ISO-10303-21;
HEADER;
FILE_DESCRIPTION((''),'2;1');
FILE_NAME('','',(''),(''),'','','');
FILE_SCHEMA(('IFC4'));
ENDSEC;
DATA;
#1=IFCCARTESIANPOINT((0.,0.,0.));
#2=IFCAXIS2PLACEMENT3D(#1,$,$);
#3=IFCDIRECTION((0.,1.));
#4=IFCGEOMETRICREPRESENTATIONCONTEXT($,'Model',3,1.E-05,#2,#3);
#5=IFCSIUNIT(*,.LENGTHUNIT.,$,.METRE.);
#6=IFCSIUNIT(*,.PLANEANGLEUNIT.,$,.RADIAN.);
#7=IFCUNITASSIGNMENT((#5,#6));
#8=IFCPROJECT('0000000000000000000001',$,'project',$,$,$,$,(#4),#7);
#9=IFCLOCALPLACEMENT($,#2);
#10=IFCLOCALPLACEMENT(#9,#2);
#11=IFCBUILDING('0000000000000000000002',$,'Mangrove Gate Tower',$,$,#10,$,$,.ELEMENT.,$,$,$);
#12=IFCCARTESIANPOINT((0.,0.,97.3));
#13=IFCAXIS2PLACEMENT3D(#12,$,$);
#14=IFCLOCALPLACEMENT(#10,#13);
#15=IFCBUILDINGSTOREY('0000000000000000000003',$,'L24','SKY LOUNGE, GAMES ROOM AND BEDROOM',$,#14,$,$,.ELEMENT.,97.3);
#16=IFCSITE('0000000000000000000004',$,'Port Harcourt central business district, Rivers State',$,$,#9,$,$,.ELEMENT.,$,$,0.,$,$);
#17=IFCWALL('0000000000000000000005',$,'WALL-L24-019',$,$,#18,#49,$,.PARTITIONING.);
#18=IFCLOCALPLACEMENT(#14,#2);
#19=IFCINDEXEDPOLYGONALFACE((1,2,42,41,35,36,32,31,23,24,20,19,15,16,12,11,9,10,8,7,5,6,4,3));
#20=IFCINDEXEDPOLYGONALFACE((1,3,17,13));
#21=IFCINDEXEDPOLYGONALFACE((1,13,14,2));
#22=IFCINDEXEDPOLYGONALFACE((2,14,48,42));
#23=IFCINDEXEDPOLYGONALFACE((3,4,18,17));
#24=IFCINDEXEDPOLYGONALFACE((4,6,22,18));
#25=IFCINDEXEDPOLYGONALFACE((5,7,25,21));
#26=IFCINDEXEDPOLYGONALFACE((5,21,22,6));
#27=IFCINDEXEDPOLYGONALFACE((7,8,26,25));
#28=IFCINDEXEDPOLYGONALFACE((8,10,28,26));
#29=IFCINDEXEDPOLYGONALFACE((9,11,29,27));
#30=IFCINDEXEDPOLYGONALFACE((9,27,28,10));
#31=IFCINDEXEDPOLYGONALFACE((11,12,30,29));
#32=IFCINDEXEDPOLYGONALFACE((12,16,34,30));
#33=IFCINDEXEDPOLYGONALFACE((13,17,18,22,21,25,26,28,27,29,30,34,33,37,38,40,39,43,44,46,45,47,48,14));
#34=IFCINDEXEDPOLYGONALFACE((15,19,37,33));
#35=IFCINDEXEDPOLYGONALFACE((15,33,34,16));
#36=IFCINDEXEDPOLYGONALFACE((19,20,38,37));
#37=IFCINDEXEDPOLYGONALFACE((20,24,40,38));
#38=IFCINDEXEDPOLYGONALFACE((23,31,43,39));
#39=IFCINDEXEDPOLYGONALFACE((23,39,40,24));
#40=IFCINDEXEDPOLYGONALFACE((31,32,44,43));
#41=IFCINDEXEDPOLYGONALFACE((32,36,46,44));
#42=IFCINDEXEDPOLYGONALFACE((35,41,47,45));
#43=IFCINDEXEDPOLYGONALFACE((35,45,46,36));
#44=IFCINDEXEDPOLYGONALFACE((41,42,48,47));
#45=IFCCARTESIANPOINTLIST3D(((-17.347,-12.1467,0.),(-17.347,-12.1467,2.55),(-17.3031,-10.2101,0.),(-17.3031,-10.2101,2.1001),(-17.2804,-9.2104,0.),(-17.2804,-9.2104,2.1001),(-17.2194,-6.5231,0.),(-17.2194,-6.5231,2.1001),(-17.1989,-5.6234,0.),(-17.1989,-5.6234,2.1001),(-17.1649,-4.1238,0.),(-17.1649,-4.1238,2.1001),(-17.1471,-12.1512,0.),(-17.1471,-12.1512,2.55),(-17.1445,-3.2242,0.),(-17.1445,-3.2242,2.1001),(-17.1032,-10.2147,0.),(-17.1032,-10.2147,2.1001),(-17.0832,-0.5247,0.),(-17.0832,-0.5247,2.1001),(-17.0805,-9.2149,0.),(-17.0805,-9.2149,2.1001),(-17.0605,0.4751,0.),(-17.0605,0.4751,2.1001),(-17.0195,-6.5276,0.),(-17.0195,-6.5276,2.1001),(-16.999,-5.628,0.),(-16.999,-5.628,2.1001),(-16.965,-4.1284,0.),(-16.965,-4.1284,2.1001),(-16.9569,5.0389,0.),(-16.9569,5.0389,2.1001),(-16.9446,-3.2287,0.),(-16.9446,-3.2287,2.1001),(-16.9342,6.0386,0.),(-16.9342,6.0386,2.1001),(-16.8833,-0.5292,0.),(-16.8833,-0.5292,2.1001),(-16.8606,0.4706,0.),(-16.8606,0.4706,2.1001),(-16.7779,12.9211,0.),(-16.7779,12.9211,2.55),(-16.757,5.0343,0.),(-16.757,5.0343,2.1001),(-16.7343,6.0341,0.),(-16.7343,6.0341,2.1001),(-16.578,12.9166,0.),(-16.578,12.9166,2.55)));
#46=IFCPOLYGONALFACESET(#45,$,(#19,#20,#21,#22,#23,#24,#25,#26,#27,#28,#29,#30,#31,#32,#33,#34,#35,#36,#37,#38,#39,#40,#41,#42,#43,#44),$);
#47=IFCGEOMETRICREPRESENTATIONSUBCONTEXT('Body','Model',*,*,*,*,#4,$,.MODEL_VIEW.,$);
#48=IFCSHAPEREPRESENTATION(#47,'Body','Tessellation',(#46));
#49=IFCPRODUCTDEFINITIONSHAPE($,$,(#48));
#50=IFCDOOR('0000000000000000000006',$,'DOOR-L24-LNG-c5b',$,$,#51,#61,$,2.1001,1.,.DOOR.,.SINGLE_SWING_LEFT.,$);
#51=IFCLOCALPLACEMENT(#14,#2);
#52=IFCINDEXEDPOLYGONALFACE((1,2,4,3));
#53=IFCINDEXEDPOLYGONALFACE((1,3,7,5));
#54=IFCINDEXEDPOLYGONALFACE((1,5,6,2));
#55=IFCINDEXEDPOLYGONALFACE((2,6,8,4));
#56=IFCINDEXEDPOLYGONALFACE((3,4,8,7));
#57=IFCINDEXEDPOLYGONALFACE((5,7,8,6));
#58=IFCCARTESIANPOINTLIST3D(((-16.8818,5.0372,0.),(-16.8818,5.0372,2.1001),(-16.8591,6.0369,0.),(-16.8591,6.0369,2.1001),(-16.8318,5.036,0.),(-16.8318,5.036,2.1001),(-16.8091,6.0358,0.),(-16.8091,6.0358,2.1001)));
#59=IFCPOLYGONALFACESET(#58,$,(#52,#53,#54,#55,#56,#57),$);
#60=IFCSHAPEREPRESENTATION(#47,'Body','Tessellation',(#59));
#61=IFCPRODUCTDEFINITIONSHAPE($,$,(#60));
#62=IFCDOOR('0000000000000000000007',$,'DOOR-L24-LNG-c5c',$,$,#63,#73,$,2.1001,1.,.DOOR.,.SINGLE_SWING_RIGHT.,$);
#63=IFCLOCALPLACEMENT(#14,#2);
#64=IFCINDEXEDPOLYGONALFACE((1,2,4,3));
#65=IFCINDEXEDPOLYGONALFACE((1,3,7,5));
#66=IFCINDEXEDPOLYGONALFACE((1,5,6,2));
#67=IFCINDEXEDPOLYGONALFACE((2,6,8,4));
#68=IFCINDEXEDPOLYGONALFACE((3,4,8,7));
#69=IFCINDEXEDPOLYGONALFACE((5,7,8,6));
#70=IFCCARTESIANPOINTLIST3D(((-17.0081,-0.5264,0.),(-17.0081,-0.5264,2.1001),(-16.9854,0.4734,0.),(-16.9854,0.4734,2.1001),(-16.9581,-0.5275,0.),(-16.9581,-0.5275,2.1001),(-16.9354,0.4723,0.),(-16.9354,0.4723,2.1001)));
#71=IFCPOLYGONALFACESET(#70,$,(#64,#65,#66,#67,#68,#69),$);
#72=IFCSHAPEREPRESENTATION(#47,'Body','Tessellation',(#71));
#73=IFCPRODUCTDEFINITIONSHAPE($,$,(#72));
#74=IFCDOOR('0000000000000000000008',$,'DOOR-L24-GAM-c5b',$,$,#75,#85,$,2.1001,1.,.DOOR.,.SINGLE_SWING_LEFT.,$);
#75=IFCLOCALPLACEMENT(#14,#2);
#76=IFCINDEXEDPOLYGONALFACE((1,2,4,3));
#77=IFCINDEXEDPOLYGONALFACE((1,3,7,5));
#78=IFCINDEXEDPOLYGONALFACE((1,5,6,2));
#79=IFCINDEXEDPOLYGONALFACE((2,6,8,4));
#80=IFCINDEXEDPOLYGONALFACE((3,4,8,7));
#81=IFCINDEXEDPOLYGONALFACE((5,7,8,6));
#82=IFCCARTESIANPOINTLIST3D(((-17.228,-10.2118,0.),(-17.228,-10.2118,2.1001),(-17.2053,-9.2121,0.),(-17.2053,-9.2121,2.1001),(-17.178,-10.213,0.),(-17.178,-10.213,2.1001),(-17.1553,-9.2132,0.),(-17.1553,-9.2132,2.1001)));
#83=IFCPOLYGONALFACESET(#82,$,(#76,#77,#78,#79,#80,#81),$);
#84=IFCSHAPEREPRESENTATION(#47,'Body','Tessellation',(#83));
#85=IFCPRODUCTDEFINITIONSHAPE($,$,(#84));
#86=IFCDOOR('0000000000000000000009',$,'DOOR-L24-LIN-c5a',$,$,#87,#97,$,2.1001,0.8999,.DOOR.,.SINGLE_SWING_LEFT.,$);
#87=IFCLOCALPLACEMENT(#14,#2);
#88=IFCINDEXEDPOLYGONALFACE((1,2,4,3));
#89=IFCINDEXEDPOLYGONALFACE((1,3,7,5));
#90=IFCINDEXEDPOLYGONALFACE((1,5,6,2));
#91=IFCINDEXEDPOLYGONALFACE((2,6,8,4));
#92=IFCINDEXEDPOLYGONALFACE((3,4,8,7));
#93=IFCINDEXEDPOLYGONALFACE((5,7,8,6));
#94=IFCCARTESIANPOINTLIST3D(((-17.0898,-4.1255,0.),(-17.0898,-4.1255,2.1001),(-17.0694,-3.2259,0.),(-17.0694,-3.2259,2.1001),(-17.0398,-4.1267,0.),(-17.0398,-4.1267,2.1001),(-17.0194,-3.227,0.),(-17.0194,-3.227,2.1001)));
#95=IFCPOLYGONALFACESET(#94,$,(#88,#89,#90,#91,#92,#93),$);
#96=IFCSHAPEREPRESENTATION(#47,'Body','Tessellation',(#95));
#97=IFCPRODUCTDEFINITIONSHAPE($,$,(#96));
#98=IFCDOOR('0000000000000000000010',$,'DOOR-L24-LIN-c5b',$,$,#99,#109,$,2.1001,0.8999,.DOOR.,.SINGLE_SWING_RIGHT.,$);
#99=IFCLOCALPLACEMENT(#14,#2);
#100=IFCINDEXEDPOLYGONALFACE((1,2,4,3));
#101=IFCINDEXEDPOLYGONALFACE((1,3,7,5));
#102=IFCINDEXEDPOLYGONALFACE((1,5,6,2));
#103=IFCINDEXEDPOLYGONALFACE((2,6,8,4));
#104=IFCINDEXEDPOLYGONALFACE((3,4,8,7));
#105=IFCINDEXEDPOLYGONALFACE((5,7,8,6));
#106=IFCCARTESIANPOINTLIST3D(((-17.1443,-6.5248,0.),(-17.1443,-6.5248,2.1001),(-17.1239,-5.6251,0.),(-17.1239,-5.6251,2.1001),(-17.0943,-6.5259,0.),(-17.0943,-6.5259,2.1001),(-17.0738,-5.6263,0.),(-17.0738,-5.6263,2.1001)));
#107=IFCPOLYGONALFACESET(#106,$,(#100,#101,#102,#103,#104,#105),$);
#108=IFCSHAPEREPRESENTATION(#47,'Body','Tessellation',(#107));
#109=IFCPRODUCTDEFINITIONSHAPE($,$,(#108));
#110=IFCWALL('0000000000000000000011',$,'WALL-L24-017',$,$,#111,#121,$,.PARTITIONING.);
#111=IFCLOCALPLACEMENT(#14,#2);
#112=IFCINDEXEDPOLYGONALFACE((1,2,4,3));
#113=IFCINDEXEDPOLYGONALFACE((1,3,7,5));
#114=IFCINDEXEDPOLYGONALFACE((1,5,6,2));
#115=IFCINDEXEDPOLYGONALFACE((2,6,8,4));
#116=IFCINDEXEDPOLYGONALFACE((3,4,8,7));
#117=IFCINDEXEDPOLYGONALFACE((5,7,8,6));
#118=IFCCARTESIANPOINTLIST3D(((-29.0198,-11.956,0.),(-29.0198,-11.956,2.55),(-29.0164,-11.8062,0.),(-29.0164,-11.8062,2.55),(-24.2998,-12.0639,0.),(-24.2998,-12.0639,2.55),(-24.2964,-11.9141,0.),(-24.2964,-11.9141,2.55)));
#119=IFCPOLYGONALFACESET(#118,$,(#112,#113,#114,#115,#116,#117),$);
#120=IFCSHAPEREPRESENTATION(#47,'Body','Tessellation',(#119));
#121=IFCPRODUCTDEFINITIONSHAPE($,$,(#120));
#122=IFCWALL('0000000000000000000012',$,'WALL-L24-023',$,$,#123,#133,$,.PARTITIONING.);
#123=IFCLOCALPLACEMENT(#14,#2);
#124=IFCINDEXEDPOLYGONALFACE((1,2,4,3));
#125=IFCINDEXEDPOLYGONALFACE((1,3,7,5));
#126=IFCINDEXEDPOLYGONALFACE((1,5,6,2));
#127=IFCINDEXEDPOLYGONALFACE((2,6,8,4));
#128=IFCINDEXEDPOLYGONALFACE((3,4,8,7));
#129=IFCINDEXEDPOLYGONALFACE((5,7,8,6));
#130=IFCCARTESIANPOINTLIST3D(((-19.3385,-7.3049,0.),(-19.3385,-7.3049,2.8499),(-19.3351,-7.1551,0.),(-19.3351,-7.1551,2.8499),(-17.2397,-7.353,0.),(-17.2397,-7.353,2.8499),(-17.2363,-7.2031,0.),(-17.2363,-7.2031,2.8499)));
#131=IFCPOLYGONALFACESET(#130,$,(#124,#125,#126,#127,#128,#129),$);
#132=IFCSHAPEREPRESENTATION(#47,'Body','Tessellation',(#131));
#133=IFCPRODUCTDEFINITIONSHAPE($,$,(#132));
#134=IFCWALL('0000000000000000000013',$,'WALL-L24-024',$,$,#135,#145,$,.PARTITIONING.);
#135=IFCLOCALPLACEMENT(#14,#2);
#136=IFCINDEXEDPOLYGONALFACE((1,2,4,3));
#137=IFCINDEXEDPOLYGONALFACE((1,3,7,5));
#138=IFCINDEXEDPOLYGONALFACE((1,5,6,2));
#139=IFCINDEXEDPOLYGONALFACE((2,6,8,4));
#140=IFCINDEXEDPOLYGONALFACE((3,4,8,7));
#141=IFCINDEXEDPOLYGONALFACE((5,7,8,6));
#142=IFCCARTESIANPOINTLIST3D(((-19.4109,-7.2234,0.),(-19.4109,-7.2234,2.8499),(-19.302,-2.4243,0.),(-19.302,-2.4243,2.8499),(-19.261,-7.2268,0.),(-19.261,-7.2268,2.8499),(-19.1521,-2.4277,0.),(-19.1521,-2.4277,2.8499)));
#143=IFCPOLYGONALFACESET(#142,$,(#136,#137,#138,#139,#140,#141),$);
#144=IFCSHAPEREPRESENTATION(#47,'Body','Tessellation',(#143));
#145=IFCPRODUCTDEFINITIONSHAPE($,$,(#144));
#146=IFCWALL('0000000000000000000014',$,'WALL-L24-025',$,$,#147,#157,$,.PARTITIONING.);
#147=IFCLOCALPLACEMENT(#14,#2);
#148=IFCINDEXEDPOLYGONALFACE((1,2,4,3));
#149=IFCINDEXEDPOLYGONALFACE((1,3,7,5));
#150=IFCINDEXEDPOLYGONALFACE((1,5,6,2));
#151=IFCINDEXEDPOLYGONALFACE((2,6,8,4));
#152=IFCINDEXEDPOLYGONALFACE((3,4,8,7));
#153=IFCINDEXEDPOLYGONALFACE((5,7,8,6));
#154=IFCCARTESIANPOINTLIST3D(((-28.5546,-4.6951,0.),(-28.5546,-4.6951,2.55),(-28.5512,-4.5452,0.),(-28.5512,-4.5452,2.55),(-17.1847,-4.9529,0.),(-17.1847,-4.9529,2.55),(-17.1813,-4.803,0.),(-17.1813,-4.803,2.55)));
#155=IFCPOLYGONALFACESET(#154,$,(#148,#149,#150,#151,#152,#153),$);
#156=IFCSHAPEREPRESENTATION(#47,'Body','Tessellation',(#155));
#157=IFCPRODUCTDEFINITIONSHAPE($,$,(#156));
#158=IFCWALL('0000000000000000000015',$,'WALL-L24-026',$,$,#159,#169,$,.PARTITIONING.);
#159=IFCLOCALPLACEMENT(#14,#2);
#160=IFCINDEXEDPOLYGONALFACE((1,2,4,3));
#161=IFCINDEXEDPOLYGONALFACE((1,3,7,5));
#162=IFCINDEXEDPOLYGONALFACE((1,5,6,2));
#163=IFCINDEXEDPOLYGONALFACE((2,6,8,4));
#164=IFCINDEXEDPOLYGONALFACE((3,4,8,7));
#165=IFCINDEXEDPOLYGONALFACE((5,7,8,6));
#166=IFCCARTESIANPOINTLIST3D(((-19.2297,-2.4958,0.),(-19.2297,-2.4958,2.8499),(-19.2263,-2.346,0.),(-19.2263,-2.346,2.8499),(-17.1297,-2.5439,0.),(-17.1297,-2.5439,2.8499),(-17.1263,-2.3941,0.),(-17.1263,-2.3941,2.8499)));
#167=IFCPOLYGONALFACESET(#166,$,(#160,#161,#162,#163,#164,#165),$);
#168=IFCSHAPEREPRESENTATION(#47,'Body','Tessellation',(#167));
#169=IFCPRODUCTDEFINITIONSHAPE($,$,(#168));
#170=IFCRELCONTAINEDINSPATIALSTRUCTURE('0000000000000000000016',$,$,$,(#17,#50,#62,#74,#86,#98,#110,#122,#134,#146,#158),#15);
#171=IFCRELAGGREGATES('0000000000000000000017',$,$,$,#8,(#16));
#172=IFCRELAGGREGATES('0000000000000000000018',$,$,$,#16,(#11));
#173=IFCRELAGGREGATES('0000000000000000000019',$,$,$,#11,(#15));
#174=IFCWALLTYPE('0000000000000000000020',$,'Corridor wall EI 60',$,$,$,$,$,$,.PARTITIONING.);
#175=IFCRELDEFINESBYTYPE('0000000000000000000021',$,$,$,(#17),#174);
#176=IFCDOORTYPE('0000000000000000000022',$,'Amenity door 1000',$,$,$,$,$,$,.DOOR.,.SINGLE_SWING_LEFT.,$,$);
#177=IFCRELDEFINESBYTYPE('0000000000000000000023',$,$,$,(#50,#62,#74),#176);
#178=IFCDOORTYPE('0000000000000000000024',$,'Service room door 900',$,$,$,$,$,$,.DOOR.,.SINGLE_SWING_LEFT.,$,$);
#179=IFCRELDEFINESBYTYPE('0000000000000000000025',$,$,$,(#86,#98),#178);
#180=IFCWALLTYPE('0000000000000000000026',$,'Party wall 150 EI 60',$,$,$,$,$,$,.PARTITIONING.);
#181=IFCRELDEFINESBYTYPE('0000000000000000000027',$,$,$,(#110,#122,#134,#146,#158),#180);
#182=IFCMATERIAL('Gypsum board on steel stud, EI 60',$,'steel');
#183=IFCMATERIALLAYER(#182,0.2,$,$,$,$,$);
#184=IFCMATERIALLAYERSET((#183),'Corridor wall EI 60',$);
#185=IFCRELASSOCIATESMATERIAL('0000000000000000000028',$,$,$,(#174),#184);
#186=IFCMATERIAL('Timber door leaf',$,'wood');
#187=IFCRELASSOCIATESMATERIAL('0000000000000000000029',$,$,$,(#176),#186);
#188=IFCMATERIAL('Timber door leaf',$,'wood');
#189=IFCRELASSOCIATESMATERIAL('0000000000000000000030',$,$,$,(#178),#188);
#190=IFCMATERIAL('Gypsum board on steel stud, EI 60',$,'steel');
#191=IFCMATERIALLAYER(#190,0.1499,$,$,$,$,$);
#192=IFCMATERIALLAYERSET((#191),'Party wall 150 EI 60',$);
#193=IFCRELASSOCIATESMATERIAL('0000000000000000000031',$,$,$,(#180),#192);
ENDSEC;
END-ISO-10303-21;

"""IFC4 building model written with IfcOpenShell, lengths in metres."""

from ifc_helpers import new_model, si_unit, direction, frame, frame_2d, origin, place, context, subcontext, project, spatial, rectangle, extrude, material, layer, layer_set, type_object, element, fill, save


model = new_model("IFC4")

# Units and contexts
model_context = context("Model", 3, precision=1e-05, world=origin(), true_north=direction((0.0, 1.0)))
body_context = subcontext(model_context, "Body", "Model", "MODEL_VIEW")
ifc_project = project(units=[si_unit("LENGTHUNIT", "METRE"), si_unit("PLANEANGLEUNIT", "RADIAN")], contexts=[model_context])

# Site, building, storey
site_placement = place(None, origin())
site = spatial("IfcSite", under=ifc_project, at=site_placement, Name="Port Harcourt central business district, Rivers State", CompositionType="ELEMENT", RefElevation=0.0)
building_placement = place(site_placement, origin())
building = spatial("IfcBuilding", under=site, at=building_placement, Name="Mangrove Gate Tower", CompositionType="ELEMENT")
storey_placement = place(building_placement, frame((0.0, 0.0, 97.3)))
storey = spatial("IfcBuildingStorey", under=building, at=storey_placement, Name="L24", Description="SKY LOUNGE, GAMES ROOM AND BEDROOM", CompositionType="ELEMENT", Elevation=97.3)

# Shared definitions
ifc_material_1 = material(Name="Gypsum board on steel stud, EI 60", Category="steel")
ifc_layer_1 = layer(ifc_material_1, 0.2)
ifc_layer_set_1 = layer_set([ifc_layer_1], Name="Corridor wall EI 60")
wall_type_1 = type_object("IfcWallType", Name="Corridor wall EI 60", PredefinedType="PARTITIONING", material=ifc_layer_set_1)

# Wall, openings, doors
wall_1_placement = place(storey_placement, frame((-17.2471, -12.1489, 0.0), z_axis=(0.0, 0.0, 1.0), x_axis=(0.022696, 0.999742, 0.0)))
wall_1 = element("IfcWall", 1, at=wall_1_placement, inside=storey, type_object=wall_type_1, Name="WALL-L24-019", PredefinedType="PARTITIONING", context=body_context, shape_type="SweptSolid", body=[
    extrude(rectangle(XDim=25.0742, YDim=0.2, at=frame_2d((12.5371, 0.0))), origin(), (0.0, 0.0, 1.0), 2.55),
])
opening_1_placement = place(wall_1_placement, frame((17.1899, 0.0, 0.0)))
opening_1 = element("IfcOpeningElement", 2, at=opening_1_placement, cuts=wall_1, PredefinedType="OPENING", context=body_context, shape_type="SweptSolid", body=[
    extrude(rectangle(XDim=1.0, YDim=2.1001, at=frame_2d((0.5, 1.05))), frame((0.0, 0.1099, 0.0), z_axis=(0.0, -1.0, 0.0), x_axis=(1.0, 0.0, 0.0)), (0.0, 0.0, 1.0), 0.22),
])
opening_2_placement = place(wall_1_placement, frame((11.625, 0.0, 0.0)))
opening_2 = element("IfcOpeningElement", 3, at=opening_2_placement, cuts=wall_1, PredefinedType="OPENING", context=body_context, shape_type="SweptSolid", body=[
    extrude(rectangle(XDim=1.0, YDim=2.1001, at=frame_2d((0.5, 1.05))), frame((0.0, 0.1099, 0.0), z_axis=(0.0, -1.0, 0.0), x_axis=(1.0, 0.0, 0.0)), (0.0, 0.0, 1.0), 0.22),
])
opening_3_placement = place(wall_1_placement, frame((8.0249, 0.0, 0.0)))
opening_3 = element("IfcOpeningElement", 4, at=opening_3_placement, cuts=wall_1, PredefinedType="OPENING", context=body_context, shape_type="SweptSolid", body=[
    extrude(rectangle(XDim=0.8999, YDim=2.1001, at=frame_2d((0.45, 1.05))), frame((0.0, 0.1099, 0.0), z_axis=(0.0, -1.0, 0.0), x_axis=(1.0, 0.0, 0.0)), (0.0, 0.0, 1.0), 0.22),
])
opening_4_placement = place(wall_1_placement, frame((1.937, 0.0, 0.0)))
opening_4 = element("IfcOpeningElement", 5, at=opening_4_placement, cuts=wall_1, PredefinedType="OPENING", context=body_context, shape_type="SweptSolid", body=[
    extrude(rectangle(XDim=1.0, YDim=2.1001, at=frame_2d((0.5, 1.05))), frame((0.0, 0.1099, 0.0), z_axis=(0.0, -1.0, 0.0), x_axis=(1.0, 0.0, 0.0)), (0.0, 0.0, 1.0), 0.22),
])
opening_5_placement = place(wall_1_placement, frame((5.625, 0.0, 0.0)))
opening_5 = element("IfcOpeningElement", 6, at=opening_5_placement, cuts=wall_1, PredefinedType="OPENING", context=body_context, shape_type="SweptSolid", body=[
    extrude(rectangle(XDim=0.8999, YDim=2.1001, at=frame_2d((0.45, 1.05))), frame((0.0, 0.1099, 0.0), z_axis=(0.0, -1.0, 0.0), x_axis=(1.0, 0.0, 0.0)), (0.0, 0.0, 1.0), 0.22),
])
ifc_material_2 = material(Name="Timber door leaf", Category="wood")
door_type_1 = type_object("IfcDoorType", Name="Amenity door 1000", OperationType="SINGLE_SWING_LEFT", PredefinedType="DOOR", material=ifc_material_2)
door_1_placement = place(opening_1_placement, origin())
door_1 = element("IfcDoor", 7, at=door_1_placement, inside=storey, type_object=door_type_1, Name="DOOR-L24-LNG-c5b", OperationType="SINGLE_SWING_LEFT", OverallHeight=2.1001, OverallWidth=1.0, PredefinedType="DOOR", context=body_context, shape_type="SweptSolid", body=[
    extrude(rectangle(XDim=1.0, YDim=2.1001, at=frame_2d((0.5, 1.05))), frame((0.0, 0.0249, 0.0), z_axis=(0.0, -1.0, 0.0), x_axis=(1.0, 0.0, 0.0)), (0.0, 0.0, 1.0), 0.05),
])
fill(opening_1, door_1)
door_2_placement = place(opening_2_placement, origin())
door_2 = element("IfcDoor", 8, at=door_2_placement, inside=storey, type_object=door_type_1, Name="DOOR-L24-LNG-c5c", OperationType="SINGLE_SWING_RIGHT", OverallHeight=2.1001, OverallWidth=1.0, PredefinedType="DOOR", context=body_context, shape_type="SweptSolid", body=[
    extrude(rectangle(XDim=1.0, YDim=2.1001, at=frame_2d((0.5, 1.05))), frame((0.0, 0.0249, 0.0), z_axis=(0.0, -1.0, 0.0), x_axis=(1.0, 0.0, 0.0)), (0.0, 0.0, 1.0), 0.05),
])
fill(opening_2, door_2)
door_3_placement = place(opening_4_placement, origin())
door_3 = element("IfcDoor", 9, at=door_3_placement, inside=storey, type_object=door_type_1, Name="DOOR-L24-GAM-c5b", OperationType="SINGLE_SWING_LEFT", OverallHeight=2.1001, OverallWidth=1.0, PredefinedType="DOOR", context=body_context, shape_type="SweptSolid", body=[
    extrude(rectangle(XDim=1.0, YDim=2.1001, at=frame_2d((0.5, 1.05))), frame((0.0, 0.0249, 0.0), z_axis=(0.0, -1.0, 0.0), x_axis=(1.0, 0.0, 0.0)), (0.0, 0.0, 1.0), 0.05),
])
fill(opening_4, door_3)
ifc_material_3 = material(Name="Timber door leaf", Category="wood")
door_type_2 = type_object("IfcDoorType", Name="Service room door 900", OperationType="SINGLE_SWING_LEFT", PredefinedType="DOOR", material=ifc_material_3)
door_4_placement = place(opening_3_placement, origin())
door_4 = element("IfcDoor", 10, at=door_4_placement, inside=storey, type_object=door_type_2, Name="DOOR-L24-LIN-c5a", OperationType="SINGLE_SWING_LEFT", OverallHeight=2.1001, OverallWidth=0.8999, PredefinedType="DOOR", context=body_context, shape_type="SweptSolid", body=[
    extrude(rectangle(XDim=0.8999, YDim=2.1001, at=frame_2d((0.45, 1.05))), frame((0.0, 0.0249, 0.0), z_axis=(0.0, -1.0, 0.0), x_axis=(1.0, 0.0, 0.0)), (0.0, 0.0, 1.0), 0.05),
])
fill(opening_3, door_4)
door_5_placement = place(opening_5_placement, origin())
door_5 = element("IfcDoor", 11, at=door_5_placement, inside=storey, type_object=door_type_2, Name="DOOR-L24-LIN-c5b", OperationType="SINGLE_SWING_RIGHT", OverallHeight=2.1001, OverallWidth=0.8999, PredefinedType="DOOR", context=body_context, shape_type="SweptSolid", body=[
    extrude(rectangle(XDim=0.8999, YDim=2.1001, at=frame_2d((0.45, 1.05))), frame((0.0, 0.0249, 0.0), z_axis=(0.0, -1.0, 0.0), x_axis=(1.0, 0.0, 0.0)), (0.0, 0.0, 1.0), 0.05),
])
fill(opening_5, door_5)

# Walls
ifc_material_4 = material(Name="Gypsum board on steel stud, EI 60", Category="steel")
ifc_layer_2 = layer(ifc_material_4, 0.1499)
ifc_layer_set_2 = layer_set([ifc_layer_2], Name="Party wall 150 EI 60")
wall_type_2 = type_object("IfcWallType", Name="Party wall 150 EI 60", PredefinedType="PARTITIONING", material=ifc_layer_set_2)
wall_2_placement = place(storey_placement, frame((-29.0181, -11.8811, 0.0), z_axis=(0.0, 0.0, 1.0), x_axis=(0.999739, -0.022856, 0.0)))
element("IfcWall", 12, at=wall_2_placement, inside=storey, type_object=wall_type_2, Name="WALL-L24-017", PredefinedType="PARTITIONING", context=body_context, shape_type="SweptSolid", body=[
    extrude(rectangle(XDim=4.7212, YDim=0.1499, at=frame_2d((2.3606, 0.0))), origin(), (0.0, 0.0, 1.0), 2.55),
])
wall_3_placement = place(storey_placement, frame((-19.3369, -7.23, 0.0), z_axis=(0.0, 0.0, 1.0), x_axis=(0.999738, -0.022909, 0.0)))
element("IfcWall", 13, at=wall_3_placement, inside=storey, type_object=wall_type_2, Name="WALL-L24-023", PredefinedType="PARTITIONING", context=body_context, shape_type="SweptSolid", body=[
    extrude(rectangle(XDim=2.0994, YDim=0.1499, at=frame_2d((1.0498, 0.0))), origin(), (0.0, 0.0, 1.0), 2.8499),
])
wall_4_placement = place(storey_placement, frame((-19.3359, -7.2251, 0.0), z_axis=(0.0, 0.0, 1.0), x_axis=(0.022683, 0.999743, 0.0)))
element("IfcWall", 14, at=wall_4_placement, inside=storey, type_object=wall_type_2, Name="WALL-L24-024", PredefinedType="PARTITIONING", context=body_context, shape_type="SweptSolid", body=[
    extrude(rectangle(XDim=4.8003, YDim=0.1499, at=frame_2d((2.4001, 0.0))), origin(), (0.0, 0.0, 1.0), 2.8499),
])
wall_5_placement = place(storey_placement, frame((-28.553, -4.6201, 0.0), z_axis=(0.0, 0.0, 1.0), x_axis=(0.999743, -0.022669, 0.0)))
element("IfcWall", 15, at=wall_5_placement, inside=storey, type_object=wall_type_2, Name="WALL-L24-025", PredefinedType="PARTITIONING", context=body_context, shape_type="SweptSolid", body=[
    extrude(rectangle(XDim=11.3728, YDim=0.1499, at=frame_2d((5.6865, 0.0))), origin(), (0.0, 0.0, 1.0), 2.55),
])
wall_6_placement = place(storey_placement, frame((-19.228, -2.4209, 0.0), z_axis=(0.0, 0.0, 1.0), x_axis=(0.999738, -0.022896, 0.0)))
element("IfcWall", 16, at=wall_6_placement, inside=storey, type_object=wall_type_2, Name="WALL-L24-026", PredefinedType="PARTITIONING", context=body_context, shape_type="SweptSolid", body=[
    extrude(rectangle(XDim=2.1006, YDim=0.1499, at=frame_2d((1.0503, 0.0))), origin(), (0.0, 0.0, 1.0), 2.8499),
])

save(model, "model.ifc")
